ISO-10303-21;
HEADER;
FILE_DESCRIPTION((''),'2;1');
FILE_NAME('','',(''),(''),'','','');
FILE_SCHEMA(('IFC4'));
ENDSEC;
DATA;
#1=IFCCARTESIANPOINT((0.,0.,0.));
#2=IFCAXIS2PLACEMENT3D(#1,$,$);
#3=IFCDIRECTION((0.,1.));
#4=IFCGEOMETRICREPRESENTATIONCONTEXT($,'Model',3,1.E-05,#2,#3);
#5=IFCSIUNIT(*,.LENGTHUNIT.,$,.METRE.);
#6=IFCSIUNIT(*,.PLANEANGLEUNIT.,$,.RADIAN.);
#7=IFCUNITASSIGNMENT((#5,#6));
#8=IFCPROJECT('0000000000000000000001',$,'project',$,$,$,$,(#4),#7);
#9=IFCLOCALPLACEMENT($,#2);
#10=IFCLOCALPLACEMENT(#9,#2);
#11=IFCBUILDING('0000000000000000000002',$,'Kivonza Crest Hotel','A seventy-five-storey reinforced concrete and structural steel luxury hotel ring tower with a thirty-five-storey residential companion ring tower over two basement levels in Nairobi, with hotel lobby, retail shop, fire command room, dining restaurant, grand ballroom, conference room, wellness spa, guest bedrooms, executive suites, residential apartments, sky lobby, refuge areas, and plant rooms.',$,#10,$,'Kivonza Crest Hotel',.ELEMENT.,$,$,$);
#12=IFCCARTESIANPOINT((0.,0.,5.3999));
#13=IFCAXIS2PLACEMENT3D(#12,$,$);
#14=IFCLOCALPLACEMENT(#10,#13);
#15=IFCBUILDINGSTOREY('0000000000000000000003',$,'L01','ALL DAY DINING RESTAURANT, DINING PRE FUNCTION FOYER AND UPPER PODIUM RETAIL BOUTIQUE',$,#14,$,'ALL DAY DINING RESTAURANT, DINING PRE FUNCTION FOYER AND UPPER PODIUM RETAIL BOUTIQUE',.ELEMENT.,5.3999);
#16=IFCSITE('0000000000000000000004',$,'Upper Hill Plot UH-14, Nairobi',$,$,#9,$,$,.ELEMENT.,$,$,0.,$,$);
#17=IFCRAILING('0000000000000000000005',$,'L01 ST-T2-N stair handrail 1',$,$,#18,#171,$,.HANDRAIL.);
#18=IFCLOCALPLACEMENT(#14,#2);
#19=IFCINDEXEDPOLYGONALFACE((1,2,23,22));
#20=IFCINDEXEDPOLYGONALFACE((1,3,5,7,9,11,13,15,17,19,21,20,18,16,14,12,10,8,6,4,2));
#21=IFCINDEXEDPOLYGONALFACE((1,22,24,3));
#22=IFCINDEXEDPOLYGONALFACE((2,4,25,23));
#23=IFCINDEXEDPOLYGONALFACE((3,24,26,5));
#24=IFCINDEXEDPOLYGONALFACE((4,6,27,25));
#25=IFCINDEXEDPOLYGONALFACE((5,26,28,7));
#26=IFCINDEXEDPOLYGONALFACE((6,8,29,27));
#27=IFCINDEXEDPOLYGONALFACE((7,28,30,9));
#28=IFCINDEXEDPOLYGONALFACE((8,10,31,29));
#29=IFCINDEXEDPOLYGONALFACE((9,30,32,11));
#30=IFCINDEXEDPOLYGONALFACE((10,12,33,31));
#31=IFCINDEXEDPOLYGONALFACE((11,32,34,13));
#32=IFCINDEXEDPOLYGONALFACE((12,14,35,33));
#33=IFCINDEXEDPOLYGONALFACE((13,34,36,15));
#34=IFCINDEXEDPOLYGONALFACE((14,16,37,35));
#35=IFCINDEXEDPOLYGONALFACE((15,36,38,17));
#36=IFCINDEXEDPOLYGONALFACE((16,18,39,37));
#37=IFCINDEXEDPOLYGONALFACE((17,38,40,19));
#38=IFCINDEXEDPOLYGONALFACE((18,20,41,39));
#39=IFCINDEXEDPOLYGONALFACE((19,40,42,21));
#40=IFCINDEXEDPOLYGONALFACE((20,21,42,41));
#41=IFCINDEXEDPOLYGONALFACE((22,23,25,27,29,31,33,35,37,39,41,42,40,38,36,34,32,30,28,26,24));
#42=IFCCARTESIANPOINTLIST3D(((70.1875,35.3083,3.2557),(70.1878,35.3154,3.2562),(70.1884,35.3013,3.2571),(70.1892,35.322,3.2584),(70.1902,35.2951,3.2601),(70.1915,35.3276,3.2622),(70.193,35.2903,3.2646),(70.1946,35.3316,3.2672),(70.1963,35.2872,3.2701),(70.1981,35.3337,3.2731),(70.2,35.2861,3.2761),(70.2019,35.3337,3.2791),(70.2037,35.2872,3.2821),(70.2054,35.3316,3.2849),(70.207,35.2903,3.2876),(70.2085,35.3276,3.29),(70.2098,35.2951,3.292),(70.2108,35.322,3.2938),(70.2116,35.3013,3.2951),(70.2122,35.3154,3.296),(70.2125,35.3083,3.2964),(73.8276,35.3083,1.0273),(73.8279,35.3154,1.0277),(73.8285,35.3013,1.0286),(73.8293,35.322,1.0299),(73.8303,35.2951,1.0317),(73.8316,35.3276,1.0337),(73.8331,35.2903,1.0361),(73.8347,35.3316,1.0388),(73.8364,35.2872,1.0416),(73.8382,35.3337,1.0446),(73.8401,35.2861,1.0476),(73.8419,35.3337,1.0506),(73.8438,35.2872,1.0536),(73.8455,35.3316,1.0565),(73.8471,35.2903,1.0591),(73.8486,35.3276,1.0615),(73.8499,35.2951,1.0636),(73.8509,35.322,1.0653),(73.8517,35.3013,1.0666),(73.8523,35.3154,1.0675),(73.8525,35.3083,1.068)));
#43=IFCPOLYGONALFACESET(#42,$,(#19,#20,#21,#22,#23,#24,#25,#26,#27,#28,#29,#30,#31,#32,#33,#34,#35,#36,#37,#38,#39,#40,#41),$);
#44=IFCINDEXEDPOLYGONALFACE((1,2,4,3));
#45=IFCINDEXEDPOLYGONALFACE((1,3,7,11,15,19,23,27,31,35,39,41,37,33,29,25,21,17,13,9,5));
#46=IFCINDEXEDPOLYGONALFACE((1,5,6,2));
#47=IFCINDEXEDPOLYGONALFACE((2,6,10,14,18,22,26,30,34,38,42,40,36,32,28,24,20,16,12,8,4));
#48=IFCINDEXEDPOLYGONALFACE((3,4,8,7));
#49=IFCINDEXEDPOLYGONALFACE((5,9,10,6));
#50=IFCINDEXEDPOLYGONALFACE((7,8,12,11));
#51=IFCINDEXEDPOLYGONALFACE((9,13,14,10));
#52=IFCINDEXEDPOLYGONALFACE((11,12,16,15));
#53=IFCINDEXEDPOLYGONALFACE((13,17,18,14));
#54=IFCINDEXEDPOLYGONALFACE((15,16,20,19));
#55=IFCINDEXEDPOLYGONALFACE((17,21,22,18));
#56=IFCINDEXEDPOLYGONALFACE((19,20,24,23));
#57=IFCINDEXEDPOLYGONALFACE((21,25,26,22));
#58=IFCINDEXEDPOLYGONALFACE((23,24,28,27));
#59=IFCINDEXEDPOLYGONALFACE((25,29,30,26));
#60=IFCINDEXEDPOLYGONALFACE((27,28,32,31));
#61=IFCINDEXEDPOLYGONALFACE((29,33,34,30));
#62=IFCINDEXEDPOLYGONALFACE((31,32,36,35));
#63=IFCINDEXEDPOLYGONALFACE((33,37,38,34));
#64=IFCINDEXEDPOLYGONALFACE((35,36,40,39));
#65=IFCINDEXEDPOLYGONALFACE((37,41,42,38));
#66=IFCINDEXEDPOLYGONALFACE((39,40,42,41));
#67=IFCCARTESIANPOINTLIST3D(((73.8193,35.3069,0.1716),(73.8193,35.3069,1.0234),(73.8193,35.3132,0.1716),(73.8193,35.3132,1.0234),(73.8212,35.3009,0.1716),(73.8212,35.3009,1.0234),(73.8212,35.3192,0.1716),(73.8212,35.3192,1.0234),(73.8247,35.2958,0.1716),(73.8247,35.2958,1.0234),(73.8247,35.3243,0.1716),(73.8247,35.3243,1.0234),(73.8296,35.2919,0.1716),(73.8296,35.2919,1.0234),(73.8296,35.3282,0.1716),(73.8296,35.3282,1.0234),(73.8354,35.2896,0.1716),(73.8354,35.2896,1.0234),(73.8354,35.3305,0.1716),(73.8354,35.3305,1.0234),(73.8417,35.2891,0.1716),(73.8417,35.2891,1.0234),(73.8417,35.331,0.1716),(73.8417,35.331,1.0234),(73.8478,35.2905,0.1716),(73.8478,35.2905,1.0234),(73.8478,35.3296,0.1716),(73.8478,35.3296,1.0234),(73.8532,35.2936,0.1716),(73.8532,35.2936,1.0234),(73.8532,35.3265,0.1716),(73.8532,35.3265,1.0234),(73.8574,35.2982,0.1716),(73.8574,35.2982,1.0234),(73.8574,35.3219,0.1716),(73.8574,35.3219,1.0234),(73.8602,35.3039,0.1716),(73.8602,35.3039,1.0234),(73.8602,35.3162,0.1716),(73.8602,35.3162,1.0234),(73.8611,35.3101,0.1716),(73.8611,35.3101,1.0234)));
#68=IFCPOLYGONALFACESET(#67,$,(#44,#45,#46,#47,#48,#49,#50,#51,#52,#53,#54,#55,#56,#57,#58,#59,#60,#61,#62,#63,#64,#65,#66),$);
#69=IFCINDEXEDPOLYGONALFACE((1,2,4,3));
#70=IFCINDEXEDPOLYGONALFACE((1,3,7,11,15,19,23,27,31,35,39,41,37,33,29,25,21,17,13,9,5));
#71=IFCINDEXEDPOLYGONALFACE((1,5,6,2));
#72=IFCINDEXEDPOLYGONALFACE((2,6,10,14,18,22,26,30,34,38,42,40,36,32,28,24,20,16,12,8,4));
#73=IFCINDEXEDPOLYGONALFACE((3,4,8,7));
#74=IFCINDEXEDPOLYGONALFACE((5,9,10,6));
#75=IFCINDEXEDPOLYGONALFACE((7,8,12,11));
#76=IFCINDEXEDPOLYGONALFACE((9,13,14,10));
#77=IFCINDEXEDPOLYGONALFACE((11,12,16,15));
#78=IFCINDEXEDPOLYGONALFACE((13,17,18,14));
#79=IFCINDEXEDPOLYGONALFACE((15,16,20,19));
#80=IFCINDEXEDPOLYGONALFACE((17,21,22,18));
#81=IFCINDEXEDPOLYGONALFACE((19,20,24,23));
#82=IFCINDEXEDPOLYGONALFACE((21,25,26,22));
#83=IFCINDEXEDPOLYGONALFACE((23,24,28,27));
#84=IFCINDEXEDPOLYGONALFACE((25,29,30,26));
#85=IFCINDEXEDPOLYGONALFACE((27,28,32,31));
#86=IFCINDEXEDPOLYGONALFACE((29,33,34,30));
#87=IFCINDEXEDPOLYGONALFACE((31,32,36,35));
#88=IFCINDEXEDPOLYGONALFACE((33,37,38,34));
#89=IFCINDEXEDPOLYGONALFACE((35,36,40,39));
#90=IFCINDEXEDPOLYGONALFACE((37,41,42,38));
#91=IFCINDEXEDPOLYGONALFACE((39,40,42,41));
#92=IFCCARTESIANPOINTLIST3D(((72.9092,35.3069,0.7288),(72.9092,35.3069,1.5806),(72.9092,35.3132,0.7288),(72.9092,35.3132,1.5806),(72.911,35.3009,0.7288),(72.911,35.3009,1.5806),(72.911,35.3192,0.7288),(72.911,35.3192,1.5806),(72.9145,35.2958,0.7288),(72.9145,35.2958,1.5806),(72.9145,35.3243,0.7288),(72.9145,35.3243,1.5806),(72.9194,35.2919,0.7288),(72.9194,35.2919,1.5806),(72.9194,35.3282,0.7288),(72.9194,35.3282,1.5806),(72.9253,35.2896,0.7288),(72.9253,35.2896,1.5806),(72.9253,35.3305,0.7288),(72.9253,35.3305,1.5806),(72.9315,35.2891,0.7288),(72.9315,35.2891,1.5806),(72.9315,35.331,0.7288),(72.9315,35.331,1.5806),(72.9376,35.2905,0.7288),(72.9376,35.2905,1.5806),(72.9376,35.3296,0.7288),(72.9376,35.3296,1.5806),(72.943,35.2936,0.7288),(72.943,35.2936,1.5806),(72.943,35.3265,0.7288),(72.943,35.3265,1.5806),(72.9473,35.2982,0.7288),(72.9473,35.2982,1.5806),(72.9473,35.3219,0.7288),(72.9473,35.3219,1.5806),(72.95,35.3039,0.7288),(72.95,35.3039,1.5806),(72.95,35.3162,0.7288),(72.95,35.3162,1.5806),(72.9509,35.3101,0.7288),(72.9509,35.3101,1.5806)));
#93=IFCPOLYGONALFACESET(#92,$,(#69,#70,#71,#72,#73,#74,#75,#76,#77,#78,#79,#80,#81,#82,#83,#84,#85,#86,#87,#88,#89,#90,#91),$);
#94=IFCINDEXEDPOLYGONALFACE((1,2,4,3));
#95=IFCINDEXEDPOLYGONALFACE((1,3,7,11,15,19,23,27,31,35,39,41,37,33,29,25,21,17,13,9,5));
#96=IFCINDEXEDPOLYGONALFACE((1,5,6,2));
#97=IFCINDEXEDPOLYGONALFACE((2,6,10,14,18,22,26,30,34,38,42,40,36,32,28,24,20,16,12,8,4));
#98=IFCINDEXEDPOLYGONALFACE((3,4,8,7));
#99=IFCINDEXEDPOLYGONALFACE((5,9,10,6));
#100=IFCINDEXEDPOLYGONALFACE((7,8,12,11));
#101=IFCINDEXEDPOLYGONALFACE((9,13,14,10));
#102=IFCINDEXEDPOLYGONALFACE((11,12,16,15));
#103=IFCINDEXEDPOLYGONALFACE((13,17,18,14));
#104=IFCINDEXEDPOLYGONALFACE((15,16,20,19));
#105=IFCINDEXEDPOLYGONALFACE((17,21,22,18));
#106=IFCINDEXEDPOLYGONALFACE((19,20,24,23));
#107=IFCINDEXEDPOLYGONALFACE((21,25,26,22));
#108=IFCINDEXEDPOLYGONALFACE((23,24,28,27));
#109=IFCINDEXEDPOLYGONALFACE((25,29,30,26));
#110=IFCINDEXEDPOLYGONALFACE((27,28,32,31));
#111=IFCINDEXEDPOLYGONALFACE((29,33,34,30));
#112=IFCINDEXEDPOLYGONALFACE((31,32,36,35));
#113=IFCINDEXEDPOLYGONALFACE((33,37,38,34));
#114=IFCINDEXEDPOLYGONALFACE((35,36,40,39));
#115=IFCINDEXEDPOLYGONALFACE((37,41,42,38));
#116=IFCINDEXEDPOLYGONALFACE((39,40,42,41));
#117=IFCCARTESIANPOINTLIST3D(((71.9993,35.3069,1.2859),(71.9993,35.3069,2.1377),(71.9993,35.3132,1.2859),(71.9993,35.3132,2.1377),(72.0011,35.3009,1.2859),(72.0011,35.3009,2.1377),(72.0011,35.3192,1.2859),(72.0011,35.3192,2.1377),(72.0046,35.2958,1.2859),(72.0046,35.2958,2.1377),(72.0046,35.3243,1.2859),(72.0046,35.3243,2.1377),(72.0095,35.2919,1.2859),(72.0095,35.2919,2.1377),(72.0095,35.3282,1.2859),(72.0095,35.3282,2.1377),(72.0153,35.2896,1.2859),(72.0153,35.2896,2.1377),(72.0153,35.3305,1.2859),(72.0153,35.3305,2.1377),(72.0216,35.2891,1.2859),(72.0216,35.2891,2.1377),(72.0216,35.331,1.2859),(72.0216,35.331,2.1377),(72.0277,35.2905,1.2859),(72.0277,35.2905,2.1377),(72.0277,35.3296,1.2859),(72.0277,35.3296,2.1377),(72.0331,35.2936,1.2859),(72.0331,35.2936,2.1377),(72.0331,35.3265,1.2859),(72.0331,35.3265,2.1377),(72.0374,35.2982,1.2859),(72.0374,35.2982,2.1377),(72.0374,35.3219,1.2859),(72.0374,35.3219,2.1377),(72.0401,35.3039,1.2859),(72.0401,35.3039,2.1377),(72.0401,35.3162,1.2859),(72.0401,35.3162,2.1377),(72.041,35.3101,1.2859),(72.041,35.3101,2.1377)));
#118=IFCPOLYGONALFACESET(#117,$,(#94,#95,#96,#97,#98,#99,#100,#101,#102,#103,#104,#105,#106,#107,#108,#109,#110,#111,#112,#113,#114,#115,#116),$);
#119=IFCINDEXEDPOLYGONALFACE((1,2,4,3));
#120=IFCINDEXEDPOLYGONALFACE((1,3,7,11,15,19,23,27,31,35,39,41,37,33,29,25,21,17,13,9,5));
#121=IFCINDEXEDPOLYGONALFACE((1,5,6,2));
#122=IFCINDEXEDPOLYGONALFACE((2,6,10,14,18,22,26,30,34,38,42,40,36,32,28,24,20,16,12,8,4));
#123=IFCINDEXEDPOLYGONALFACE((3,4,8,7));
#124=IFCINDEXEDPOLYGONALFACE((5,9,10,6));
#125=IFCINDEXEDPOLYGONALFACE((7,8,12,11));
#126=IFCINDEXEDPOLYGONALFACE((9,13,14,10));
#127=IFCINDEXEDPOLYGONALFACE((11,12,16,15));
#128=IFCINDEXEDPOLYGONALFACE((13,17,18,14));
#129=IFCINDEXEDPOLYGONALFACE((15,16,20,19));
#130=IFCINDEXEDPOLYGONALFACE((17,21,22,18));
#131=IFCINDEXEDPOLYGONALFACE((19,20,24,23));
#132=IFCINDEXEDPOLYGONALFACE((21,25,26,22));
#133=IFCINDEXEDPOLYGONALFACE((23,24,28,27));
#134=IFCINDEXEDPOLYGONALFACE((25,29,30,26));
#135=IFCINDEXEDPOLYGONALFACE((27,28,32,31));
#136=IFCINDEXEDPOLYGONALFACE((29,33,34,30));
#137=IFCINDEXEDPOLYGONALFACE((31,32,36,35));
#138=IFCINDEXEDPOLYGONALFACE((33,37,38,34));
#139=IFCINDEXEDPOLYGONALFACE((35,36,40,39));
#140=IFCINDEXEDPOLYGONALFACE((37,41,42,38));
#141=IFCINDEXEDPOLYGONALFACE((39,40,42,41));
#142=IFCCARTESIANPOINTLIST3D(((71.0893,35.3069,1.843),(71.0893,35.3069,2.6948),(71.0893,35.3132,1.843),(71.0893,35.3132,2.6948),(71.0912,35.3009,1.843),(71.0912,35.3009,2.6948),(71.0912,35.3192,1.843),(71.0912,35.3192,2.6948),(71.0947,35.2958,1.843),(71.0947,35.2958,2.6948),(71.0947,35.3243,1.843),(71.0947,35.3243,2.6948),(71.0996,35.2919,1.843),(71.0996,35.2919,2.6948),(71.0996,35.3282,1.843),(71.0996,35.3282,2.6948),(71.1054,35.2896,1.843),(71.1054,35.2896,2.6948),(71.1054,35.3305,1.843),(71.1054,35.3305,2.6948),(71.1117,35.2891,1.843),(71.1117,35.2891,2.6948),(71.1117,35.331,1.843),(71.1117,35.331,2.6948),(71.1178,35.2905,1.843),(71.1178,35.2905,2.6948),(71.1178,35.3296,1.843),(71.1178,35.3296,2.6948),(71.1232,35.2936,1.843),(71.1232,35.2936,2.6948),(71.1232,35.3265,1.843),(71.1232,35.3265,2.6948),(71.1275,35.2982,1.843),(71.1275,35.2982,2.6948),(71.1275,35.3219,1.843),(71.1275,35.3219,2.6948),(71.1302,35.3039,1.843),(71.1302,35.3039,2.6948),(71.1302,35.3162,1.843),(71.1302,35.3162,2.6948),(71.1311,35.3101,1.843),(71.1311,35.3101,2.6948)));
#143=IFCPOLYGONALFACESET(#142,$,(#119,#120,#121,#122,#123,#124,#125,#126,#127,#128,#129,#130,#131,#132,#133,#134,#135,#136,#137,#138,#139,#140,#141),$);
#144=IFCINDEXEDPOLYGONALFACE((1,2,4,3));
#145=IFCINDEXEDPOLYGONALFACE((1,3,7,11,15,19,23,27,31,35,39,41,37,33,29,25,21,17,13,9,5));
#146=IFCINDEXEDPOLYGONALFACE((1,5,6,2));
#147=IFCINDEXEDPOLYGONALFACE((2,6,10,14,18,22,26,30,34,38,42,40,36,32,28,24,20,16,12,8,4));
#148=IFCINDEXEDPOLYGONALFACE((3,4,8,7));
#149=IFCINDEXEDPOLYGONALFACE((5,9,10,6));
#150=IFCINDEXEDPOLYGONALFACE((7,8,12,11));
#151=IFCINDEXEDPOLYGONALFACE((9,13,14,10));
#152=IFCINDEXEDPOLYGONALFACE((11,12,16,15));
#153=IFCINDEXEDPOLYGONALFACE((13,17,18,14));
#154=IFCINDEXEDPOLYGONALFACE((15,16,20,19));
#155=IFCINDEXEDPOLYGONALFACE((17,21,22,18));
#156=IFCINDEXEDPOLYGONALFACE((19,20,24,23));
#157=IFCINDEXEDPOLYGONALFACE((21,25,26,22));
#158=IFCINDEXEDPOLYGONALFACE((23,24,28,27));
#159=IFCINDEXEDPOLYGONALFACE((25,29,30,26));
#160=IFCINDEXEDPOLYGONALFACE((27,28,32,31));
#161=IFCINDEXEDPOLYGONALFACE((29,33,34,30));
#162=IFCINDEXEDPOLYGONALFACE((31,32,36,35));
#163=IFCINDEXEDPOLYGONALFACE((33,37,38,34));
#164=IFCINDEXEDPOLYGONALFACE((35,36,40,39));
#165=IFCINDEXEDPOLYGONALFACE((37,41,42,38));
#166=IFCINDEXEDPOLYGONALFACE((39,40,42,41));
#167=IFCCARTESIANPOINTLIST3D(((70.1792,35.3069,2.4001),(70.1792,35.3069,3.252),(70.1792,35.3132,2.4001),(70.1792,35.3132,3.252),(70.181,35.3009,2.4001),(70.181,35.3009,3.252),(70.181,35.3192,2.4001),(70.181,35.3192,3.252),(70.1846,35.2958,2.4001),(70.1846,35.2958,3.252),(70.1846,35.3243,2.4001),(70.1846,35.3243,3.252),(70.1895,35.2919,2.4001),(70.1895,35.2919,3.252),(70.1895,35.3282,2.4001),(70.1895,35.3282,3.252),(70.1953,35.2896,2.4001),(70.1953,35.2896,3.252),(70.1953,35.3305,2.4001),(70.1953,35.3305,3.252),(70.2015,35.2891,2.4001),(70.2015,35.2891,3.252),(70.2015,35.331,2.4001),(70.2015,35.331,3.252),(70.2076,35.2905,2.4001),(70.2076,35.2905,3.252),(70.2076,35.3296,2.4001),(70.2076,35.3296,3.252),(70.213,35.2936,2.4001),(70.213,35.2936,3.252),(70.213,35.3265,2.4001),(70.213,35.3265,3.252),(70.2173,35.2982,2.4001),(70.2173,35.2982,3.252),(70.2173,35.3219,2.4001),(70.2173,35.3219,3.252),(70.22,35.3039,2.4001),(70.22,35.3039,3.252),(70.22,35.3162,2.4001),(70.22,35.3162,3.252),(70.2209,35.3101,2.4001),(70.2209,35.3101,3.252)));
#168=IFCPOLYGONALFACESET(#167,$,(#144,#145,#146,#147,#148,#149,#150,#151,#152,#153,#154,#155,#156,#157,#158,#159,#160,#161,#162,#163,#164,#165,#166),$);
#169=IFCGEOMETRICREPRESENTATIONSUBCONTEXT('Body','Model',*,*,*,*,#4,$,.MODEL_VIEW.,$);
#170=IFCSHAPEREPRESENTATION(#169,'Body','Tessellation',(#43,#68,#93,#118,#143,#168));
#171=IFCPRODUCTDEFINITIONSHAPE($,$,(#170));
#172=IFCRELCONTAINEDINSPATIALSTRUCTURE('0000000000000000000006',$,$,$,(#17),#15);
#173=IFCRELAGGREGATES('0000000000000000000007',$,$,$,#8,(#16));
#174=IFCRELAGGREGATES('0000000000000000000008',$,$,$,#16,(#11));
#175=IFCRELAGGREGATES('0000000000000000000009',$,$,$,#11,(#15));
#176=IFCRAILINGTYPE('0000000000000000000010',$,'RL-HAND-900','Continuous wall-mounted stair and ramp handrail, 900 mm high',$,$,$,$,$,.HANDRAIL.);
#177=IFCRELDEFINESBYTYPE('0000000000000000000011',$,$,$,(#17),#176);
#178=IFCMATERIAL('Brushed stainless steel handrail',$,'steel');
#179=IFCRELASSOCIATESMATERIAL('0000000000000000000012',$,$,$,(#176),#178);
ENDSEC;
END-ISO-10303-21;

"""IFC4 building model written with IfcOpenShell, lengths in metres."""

from ifc_helpers import new_model, si_unit, direction, frame, origin, origin_2d, place, context, subcontext, project, spatial, circle, extrude, material, type_object, element, save


model = new_model("IFC4")

# Units and contexts
model_context = context("Model", 3, precision=1e-05, world=origin(), true_north=direction((0.0, 1.0)))
body_context = subcontext(model_context, "Body", "Model", "MODEL_VIEW")
ifc_project = project(units=[si_unit("LENGTHUNIT", "METRE"), si_unit("PLANEANGLEUNIT", "RADIAN")], contexts=[model_context])

# Site, building, storey
site_placement = place(None, origin())
site = spatial("IfcSite", under=ifc_project, at=site_placement, Name="Upper Hill Plot UH-14, Nairobi", CompositionType="ELEMENT", RefElevation=0.0)
building_placement = place(site_placement, origin())
building = spatial("IfcBuilding", under=site, at=building_placement, Name="Kivonza Crest Hotel", Description="A seventy-five-storey reinforced concrete and structural steel luxury hotel ring tower with a thirty-five-storey residential companion ring tower over two basement levels in Nairobi, with hotel lobby, retail shop, fire command room, dining restaurant, grand ballroom, conference room, wellness spa, guest bedrooms, executive suites, residential apartments, sky lobby, refuge areas, and plant rooms.", LongName="Kivonza Crest Hotel", CompositionType="ELEMENT")
storey_placement = place(building_placement, frame((0.0, 0.0, 5.3999)))
storey = spatial("IfcBuildingStorey", under=building, at=storey_placement, Name="L01", Description="ALL DAY DINING RESTAURANT, DINING PRE FUNCTION FOYER AND UPPER PODIUM RETAIL BOUTIQUE", LongName="ALL DAY DINING RESTAURANT, DINING PRE FUNCTION FOYER AND UPPER PODIUM RETAIL BOUTIQUE", CompositionType="ELEMENT", Elevation=5.3999)

# Railing
ifc_material_1 = material(Name="Brushed stainless steel handrail", Category="steel")
railing_type_1 = type_object("IfcRailingType", Name="RL-HAND-900", Description="Continuous wall-mounted stair and ramp handrail, 900 mm high", PredefinedType="HANDRAIL", material=ifc_material_1)
railing_1_placement = place(storey_placement, frame((73.8401, 35.3101, 0.1716)))
element("IfcRailing", 1, at=railing_1_placement, inside=storey, type_object=railing_type_1, Name="L01 ST-T2-N stair handrail 1", PredefinedType="HANDRAIL", context=body_context, shape_type="SweptSolid", body=[
    extrude(circle(Radius=0.0239, at=origin_2d()), frame((0.0, 0.0, 0.876), z_axis=(-0.852866, 0.0, 0.52213), x_axis=(0.0, -1.0, 0.0)), (0.0, 0.0, 1.0), 4.2681),
    extrude(circle(Radius=0.021, at=origin_2d()), origin(), (0.0, 0.0, 1.0), 0.8518),
    extrude(circle(Radius=0.021, at=origin_2d()), frame((-0.9102, 0.0, 0.5571)), (0.0, 0.0, 1.0), 0.8518),
    extrude(circle(Radius=0.021, at=origin_2d()), frame((-1.8201, 0.0, 1.1143)), (0.0, 0.0, 1.0), 0.8518),
    extrude(circle(Radius=0.021, at=origin_2d()), frame((-2.73, 0.0, 1.6714)), (0.0, 0.0, 1.0), 0.8518),
    extrude(circle(Radius=0.021, at=origin_2d()), frame((-3.6401, 0.0, 2.2285)), (0.0, 0.0, 1.0), 0.8518),
])

save(model, "model.ifc")
